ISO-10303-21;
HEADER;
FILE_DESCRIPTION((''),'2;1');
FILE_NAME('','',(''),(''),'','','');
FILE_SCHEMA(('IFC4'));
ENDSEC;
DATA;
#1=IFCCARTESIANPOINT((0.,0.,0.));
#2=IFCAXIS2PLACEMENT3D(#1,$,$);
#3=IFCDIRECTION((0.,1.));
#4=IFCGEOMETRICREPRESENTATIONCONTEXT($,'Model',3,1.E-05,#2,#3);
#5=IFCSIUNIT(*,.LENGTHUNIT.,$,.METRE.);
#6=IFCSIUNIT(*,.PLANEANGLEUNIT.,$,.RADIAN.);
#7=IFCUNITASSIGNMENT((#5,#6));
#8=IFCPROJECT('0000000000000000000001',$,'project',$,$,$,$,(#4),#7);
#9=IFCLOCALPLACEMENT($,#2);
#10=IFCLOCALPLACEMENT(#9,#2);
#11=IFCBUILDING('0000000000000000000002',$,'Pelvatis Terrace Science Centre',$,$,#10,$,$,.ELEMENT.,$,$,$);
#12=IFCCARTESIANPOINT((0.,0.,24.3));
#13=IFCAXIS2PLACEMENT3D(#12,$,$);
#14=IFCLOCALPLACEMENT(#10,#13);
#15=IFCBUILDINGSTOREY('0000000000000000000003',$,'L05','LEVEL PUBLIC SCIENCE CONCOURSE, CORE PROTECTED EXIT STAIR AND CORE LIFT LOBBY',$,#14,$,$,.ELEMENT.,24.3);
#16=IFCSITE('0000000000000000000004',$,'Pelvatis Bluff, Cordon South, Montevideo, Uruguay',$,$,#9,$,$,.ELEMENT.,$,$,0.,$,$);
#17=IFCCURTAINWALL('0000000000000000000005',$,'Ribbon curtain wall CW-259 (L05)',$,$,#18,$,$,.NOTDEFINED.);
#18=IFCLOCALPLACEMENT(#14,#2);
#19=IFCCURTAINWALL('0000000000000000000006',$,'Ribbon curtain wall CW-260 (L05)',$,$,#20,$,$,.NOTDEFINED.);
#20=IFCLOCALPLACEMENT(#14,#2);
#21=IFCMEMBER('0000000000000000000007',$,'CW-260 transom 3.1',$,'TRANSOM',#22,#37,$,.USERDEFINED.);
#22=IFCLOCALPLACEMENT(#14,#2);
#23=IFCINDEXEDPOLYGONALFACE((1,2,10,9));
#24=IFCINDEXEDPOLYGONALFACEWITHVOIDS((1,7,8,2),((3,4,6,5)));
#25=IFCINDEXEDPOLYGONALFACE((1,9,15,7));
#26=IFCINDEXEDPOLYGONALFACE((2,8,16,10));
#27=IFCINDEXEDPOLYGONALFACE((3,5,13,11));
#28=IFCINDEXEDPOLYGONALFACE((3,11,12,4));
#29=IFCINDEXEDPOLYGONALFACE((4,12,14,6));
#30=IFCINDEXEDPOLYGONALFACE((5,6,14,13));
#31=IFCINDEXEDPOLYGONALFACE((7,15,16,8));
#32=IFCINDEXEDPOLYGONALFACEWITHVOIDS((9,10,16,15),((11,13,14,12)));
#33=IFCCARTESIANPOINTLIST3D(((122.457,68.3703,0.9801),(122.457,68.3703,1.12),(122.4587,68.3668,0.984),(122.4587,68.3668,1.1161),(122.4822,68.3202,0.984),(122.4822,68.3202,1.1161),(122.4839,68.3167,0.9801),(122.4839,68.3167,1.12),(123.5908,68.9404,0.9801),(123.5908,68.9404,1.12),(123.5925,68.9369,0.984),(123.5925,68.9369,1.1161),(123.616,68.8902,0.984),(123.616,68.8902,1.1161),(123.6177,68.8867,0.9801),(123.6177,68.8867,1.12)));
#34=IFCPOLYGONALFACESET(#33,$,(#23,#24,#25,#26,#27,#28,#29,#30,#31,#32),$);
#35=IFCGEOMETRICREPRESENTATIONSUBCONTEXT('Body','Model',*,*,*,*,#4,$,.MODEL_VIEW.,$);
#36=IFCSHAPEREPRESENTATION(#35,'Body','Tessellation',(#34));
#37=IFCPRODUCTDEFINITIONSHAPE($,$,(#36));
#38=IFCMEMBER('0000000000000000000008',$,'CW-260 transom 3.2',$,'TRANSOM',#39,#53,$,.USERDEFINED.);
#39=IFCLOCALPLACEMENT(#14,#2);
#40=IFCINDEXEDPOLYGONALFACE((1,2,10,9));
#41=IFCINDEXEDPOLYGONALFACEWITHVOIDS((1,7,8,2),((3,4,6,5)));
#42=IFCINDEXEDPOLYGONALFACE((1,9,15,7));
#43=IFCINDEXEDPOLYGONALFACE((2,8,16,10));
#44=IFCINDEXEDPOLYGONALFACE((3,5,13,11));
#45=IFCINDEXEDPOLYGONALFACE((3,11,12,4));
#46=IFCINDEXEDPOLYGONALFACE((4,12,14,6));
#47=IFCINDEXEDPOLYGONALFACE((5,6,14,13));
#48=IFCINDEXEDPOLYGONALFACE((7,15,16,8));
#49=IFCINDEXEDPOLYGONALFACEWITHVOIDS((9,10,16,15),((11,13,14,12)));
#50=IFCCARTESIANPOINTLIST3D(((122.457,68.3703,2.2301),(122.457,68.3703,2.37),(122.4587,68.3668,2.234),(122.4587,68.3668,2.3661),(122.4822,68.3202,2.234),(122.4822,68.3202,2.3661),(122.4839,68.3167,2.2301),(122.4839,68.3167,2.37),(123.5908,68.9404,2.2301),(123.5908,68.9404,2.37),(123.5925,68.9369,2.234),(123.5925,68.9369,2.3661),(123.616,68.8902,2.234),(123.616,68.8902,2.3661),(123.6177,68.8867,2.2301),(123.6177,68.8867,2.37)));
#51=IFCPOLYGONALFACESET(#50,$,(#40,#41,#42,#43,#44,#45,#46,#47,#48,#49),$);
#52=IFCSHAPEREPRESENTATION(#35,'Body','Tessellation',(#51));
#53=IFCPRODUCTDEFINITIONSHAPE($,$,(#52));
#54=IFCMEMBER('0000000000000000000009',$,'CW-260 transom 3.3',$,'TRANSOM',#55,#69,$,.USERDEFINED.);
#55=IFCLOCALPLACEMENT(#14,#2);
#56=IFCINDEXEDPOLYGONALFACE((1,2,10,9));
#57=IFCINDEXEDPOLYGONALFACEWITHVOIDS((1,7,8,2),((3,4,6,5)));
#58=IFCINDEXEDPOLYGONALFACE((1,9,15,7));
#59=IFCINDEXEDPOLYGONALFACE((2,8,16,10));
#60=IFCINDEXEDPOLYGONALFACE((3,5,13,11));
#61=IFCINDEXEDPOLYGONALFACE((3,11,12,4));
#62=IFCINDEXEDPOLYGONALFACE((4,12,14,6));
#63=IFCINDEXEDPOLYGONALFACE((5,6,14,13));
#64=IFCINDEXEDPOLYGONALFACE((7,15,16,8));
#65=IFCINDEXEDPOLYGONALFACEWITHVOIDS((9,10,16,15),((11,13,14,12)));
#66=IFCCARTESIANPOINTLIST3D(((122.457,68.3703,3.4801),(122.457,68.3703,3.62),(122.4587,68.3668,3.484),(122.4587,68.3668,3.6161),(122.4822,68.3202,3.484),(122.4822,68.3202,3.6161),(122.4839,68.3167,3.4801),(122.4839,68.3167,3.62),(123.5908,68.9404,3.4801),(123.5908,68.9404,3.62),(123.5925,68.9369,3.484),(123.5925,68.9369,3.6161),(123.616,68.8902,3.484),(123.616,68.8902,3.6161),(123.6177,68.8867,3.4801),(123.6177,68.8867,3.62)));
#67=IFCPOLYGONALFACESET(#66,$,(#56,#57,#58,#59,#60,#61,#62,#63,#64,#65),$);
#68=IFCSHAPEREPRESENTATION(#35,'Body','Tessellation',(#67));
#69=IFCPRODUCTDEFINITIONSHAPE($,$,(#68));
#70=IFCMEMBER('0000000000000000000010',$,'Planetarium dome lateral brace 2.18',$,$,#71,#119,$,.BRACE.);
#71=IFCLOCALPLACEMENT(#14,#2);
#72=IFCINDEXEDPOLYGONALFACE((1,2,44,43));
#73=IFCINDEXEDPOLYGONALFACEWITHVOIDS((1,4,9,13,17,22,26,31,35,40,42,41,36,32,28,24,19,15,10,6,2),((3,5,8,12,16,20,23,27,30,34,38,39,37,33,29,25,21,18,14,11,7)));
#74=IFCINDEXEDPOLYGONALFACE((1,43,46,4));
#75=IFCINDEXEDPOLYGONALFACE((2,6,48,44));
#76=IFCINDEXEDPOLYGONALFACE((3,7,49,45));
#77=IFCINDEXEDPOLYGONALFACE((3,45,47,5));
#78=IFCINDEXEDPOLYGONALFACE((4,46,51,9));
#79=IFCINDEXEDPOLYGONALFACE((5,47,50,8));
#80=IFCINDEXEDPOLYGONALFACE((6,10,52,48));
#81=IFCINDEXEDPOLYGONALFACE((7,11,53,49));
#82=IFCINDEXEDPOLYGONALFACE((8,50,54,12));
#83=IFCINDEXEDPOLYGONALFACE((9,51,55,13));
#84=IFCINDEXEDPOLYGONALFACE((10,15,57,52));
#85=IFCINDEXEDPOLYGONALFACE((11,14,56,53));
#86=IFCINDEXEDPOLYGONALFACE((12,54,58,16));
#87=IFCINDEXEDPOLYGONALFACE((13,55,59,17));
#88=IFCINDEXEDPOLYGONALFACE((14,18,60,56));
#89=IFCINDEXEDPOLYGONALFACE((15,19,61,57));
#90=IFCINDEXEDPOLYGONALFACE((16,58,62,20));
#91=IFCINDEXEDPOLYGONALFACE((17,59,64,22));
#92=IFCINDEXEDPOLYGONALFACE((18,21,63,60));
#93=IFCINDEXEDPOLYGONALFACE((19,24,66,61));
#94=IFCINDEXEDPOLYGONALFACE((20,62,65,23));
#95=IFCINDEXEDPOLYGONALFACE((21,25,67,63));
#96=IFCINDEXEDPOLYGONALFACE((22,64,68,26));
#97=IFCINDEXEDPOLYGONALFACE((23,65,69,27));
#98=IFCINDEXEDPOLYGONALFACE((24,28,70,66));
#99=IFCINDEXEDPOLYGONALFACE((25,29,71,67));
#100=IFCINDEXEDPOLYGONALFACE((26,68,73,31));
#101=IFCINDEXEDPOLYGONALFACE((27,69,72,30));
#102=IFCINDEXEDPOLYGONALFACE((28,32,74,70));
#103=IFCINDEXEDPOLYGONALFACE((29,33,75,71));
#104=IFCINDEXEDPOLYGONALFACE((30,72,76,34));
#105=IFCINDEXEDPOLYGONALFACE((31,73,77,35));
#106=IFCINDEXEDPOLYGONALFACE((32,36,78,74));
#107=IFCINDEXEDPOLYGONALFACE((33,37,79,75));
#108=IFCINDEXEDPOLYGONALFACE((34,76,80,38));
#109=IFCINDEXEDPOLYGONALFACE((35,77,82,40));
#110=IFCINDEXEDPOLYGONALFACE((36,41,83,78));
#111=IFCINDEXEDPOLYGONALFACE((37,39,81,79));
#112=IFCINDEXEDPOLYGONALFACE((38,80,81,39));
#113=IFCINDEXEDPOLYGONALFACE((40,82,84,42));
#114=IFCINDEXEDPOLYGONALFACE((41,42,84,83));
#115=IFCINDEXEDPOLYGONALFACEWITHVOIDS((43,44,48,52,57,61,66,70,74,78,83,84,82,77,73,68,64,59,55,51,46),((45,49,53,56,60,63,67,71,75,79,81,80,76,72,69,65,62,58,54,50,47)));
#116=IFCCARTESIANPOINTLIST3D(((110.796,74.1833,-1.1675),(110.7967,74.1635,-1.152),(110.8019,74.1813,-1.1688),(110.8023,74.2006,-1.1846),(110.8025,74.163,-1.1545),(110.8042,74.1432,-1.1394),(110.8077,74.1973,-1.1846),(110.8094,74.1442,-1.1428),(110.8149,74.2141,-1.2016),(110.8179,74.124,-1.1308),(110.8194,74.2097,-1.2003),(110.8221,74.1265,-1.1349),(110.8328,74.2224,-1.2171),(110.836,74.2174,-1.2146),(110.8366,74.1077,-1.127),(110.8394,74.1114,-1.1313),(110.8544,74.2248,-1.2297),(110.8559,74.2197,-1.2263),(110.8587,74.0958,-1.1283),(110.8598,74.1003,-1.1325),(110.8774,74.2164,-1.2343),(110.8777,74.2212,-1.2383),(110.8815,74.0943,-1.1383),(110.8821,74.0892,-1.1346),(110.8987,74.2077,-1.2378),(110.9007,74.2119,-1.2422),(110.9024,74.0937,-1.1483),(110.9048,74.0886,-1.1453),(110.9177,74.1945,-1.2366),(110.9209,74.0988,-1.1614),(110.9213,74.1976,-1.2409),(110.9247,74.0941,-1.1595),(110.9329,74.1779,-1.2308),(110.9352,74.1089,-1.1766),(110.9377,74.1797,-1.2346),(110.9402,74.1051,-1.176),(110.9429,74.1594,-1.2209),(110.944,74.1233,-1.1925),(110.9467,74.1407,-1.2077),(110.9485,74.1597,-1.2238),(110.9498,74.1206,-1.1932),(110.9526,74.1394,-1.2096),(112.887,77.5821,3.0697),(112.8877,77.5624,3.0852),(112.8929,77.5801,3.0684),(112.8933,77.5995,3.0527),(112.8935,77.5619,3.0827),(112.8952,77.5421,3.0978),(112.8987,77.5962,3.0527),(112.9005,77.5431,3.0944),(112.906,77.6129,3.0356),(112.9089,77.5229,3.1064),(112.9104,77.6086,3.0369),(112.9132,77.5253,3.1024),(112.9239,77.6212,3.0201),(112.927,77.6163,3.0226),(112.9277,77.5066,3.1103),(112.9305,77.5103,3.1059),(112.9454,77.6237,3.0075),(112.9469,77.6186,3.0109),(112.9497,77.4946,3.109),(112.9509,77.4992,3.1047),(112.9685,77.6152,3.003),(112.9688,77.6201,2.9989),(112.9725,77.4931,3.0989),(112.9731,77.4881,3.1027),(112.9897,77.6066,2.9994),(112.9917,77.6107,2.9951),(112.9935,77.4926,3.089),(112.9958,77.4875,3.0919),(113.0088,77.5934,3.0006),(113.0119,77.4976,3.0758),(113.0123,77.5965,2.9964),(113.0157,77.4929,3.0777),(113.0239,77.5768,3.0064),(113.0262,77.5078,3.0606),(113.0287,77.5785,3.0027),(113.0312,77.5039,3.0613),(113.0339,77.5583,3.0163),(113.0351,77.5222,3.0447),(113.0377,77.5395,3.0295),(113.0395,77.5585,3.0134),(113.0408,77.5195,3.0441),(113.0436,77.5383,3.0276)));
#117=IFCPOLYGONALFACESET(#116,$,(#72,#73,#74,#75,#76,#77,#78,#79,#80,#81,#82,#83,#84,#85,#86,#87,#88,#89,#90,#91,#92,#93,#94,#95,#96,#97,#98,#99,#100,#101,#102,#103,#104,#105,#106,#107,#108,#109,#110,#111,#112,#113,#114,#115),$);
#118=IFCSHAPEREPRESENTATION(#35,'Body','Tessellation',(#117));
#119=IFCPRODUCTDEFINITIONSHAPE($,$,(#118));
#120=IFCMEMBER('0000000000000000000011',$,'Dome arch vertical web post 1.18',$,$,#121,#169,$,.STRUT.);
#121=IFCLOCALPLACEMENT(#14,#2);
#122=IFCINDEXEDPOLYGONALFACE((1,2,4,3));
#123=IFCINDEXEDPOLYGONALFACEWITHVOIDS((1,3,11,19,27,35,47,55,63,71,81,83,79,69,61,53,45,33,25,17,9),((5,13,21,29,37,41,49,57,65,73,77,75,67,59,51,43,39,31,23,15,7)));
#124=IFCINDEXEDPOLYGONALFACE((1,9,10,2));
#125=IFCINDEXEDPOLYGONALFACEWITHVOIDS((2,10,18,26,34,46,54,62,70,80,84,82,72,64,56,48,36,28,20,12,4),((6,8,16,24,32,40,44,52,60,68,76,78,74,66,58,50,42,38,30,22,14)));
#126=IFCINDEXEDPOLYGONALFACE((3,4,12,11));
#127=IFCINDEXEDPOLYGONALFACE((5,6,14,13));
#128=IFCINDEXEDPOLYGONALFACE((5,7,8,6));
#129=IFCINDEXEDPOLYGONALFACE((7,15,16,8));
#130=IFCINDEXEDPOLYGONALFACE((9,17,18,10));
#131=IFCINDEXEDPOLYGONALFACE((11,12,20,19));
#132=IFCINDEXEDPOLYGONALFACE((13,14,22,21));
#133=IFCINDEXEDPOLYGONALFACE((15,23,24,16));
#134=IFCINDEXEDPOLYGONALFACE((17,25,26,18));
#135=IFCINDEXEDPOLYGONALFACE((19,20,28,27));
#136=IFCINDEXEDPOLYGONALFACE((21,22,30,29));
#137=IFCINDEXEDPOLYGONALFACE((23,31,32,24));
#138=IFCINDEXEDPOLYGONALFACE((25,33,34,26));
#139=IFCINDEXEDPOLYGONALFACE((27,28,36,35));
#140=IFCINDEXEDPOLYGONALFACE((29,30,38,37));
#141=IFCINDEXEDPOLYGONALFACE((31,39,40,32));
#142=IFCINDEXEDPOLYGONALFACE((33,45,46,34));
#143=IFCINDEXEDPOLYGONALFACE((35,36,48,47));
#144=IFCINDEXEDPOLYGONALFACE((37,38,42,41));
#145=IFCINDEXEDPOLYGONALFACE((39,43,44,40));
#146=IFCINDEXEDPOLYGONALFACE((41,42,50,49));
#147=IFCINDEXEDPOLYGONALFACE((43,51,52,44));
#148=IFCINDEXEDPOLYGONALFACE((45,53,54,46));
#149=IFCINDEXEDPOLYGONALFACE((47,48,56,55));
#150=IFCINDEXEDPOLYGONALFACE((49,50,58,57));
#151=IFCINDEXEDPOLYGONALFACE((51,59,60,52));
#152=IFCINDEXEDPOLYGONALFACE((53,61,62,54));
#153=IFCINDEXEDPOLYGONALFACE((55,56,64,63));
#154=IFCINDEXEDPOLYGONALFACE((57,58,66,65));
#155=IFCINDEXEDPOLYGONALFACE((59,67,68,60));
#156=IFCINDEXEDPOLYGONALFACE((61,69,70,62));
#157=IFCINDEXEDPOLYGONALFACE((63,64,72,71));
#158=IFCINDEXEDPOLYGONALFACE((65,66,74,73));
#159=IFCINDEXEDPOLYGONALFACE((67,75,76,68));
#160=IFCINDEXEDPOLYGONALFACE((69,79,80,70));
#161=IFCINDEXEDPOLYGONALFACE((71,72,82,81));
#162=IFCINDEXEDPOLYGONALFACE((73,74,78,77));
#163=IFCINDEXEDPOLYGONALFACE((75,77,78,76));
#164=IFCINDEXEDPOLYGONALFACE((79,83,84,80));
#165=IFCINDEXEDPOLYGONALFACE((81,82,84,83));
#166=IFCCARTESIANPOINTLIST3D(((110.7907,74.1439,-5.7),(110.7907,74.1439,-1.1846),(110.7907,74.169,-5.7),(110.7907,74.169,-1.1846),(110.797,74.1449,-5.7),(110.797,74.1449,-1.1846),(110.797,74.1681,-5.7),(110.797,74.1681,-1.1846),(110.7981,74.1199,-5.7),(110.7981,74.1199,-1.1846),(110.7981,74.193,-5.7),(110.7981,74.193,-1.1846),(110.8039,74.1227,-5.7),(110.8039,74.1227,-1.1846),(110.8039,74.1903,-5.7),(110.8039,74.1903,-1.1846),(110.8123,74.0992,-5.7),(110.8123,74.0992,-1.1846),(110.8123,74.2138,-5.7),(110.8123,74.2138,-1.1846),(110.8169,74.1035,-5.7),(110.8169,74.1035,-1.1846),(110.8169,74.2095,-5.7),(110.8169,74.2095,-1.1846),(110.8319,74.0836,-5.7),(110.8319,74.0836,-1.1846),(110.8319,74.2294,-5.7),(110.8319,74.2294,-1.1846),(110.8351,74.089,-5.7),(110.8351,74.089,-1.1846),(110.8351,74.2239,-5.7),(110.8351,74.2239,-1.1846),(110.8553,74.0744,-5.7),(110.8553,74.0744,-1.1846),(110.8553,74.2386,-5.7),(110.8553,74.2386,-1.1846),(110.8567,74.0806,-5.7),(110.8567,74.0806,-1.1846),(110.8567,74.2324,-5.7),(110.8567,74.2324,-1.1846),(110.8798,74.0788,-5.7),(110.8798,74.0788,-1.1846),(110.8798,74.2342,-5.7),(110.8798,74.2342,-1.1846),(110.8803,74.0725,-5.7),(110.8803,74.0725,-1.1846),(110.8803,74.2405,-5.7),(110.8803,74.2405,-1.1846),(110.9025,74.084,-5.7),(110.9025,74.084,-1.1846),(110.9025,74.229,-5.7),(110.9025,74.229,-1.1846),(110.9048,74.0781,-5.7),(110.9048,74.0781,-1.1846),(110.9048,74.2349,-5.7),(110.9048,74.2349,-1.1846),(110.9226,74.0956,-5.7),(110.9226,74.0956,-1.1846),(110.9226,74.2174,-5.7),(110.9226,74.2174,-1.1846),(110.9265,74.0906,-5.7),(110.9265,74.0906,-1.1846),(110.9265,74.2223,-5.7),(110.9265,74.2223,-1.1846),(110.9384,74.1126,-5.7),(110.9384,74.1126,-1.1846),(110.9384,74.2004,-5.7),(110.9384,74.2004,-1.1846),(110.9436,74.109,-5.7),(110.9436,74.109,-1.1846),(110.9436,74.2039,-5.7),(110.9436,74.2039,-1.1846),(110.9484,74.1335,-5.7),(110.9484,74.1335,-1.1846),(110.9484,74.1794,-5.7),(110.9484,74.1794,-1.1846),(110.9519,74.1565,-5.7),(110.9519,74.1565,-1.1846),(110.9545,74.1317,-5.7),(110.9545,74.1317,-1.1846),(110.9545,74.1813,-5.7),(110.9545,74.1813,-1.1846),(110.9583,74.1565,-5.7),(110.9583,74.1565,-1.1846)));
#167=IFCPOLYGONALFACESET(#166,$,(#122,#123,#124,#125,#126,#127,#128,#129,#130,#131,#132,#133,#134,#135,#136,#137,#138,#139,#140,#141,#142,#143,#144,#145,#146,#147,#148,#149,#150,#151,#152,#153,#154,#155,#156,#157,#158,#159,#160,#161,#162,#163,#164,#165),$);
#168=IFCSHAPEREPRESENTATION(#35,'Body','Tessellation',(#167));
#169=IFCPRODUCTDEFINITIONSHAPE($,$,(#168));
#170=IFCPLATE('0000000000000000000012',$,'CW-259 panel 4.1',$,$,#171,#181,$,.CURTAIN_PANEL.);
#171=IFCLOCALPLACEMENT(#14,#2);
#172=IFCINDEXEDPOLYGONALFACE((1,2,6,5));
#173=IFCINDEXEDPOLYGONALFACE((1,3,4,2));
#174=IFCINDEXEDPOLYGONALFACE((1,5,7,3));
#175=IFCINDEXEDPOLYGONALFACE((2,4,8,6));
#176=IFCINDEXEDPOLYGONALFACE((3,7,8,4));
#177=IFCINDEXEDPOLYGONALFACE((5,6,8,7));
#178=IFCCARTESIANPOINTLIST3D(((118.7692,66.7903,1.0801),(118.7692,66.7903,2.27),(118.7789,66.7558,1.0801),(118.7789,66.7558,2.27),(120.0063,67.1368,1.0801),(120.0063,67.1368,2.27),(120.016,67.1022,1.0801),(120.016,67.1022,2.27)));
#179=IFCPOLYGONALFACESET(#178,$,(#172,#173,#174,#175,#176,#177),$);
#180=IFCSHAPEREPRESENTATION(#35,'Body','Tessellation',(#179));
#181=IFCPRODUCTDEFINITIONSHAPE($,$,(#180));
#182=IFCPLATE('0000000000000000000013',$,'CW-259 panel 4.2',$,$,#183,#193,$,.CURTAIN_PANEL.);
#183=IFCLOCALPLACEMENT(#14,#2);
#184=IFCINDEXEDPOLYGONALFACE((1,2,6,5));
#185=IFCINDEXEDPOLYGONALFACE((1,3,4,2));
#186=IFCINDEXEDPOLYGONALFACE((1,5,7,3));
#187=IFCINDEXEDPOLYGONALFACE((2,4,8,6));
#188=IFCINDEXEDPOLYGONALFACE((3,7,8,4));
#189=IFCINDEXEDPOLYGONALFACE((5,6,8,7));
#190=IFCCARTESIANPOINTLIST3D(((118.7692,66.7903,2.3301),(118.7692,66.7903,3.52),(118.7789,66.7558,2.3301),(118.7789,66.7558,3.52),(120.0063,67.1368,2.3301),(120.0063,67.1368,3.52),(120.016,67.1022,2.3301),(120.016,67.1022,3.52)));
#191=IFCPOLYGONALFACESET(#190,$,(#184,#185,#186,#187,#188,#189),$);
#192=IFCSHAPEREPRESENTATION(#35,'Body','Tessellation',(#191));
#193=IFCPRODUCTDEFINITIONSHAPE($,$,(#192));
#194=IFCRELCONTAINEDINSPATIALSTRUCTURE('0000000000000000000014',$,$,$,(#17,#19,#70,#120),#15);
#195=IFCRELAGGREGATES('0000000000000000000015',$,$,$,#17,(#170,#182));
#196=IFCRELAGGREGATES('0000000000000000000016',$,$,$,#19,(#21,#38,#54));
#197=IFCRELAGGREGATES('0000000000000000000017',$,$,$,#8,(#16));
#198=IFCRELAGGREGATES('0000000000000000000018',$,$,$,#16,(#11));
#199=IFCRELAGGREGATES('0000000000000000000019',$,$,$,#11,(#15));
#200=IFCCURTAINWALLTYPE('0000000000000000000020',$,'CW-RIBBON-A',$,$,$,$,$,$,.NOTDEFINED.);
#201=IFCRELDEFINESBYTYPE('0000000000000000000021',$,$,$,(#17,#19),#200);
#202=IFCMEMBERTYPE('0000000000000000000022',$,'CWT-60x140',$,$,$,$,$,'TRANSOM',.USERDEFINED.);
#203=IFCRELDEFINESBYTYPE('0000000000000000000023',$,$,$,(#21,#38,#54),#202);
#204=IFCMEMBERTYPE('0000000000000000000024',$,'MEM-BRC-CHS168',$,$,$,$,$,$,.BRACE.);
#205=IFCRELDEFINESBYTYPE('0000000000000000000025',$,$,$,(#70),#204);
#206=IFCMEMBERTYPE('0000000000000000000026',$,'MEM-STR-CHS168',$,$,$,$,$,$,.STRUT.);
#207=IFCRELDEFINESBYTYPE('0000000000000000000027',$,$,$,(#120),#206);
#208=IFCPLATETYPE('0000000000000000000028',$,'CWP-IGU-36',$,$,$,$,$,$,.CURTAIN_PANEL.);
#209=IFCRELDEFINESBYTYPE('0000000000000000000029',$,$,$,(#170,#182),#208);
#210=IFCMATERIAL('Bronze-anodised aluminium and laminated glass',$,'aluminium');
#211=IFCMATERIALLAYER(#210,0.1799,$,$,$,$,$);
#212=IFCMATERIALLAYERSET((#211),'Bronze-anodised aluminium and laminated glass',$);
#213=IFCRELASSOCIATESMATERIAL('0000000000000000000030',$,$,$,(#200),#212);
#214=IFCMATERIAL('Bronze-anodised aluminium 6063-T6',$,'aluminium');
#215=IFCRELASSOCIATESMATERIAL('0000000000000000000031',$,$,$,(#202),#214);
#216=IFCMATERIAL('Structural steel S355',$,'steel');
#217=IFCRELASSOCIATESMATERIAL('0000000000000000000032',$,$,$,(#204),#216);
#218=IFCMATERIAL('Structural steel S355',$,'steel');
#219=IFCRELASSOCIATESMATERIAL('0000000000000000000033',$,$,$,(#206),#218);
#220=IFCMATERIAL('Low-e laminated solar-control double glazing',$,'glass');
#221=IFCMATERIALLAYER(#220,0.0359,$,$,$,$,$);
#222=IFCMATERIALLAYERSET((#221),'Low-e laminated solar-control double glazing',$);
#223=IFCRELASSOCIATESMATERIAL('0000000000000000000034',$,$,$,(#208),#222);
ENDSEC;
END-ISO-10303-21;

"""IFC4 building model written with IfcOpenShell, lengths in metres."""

from ifc_helpers import new_model, si_unit, direction, frame, origin, origin_2d, place, context, subcontext, project, spatial, rectangle, hollow_rectangle, hollow_circle, extrude, material, layer, layer_set, material_profile, profile_set, type_object, element, aggregate, save


model = new_model("IFC4")

# Units and contexts
model_context = context("Model", 3, precision=1e-05, world=origin(), true_north=direction((0.0, 1.0)))
body_context = subcontext(model_context, "Body", "Model", "MODEL_VIEW")
ifc_project = project(units=[si_unit("LENGTHUNIT", "METRE"), si_unit("PLANEANGLEUNIT", "RADIAN")], contexts=[model_context])

# Site, building, storey
site_placement = place(None, origin())
site = spatial("IfcSite", under=ifc_project, at=site_placement, Name="Pelvatis Bluff, Cordon South, Montevideo, Uruguay", CompositionType="ELEMENT", RefElevation=0.0)
building_placement = place(site_placement, origin())
building = spatial("IfcBuilding", under=site, at=building_placement, Name="Pelvatis Terrace Science Centre", CompositionType="ELEMENT")
storey_placement = place(building_placement, frame((0.0, 0.0, 24.3)))
storey = spatial("IfcBuildingStorey", under=building, at=storey_placement, Name="L05", Description="LEVEL PUBLIC SCIENCE CONCOURSE, CORE PROTECTED EXIT STAIR AND CORE LIFT LOBBY", CompositionType="ELEMENT", Elevation=24.3)

# Curtain wall
ifc_material_1 = material(Name="Bronze-anodised aluminium and laminated glass", Category="aluminium")
ifc_layer_1 = layer(ifc_material_1, 0.1799)
ifc_layer_set_1 = layer_set([ifc_layer_1], Name="Bronze-anodised aluminium and laminated glass")
curtain_wall_type = type_object("IfcCurtainWallType", Name="CW-RIBBON-A", PredefinedType="NOTDEFINED", material=ifc_layer_set_1)
curtain_wall_1_placement = place(storey_placement, origin())
curtain_wall_1 = element("IfcCurtainWall", 1, at=curtain_wall_1_placement, inside=storey, type_object=curtain_wall_type, Name="Ribbon curtain wall CW-259 (L05)", PredefinedType="NOTDEFINED")

# Curtain wall
curtain_wall_2_placement = place(storey_placement, origin())
curtain_wall_2 = element("IfcCurtainWall", 2, at=curtain_wall_2_placement, inside=storey, type_object=curtain_wall_type, Name="Ribbon curtain wall CW-260 (L05)", PredefinedType="NOTDEFINED")

# Members
ifc_material_2 = material(Name="Bronze-anodised aluminium 6063-T6", Category="aluminium")
ifc_material_profile_1 = material_profile(ifc_material_2, hollow_rectangle(XDim=0.0601, YDim=0.1399, WallThickness=0.0039, at=origin_2d()), Name="ALU-TRN 60x140")
ifc_profile_set_1 = profile_set([ifc_material_profile_1], Name="Bronze-anodised aluminium 6063-T6")
member_type_1 = type_object("IfcMemberType", Name="CWT-60x140", ElementType="TRANSOM", PredefinedType="USERDEFINED", material=ifc_profile_set_1)
member_1_placement = place(storey_placement, frame((122.4705, 68.3435, 1.05), z_axis=(0.893425, 0.449213, 0.0), x_axis=(-0.449213, 0.893425, 0.0)))
member_1 = element("IfcMember", 3, at=member_1_placement, type_object=member_type_1, Name="CW-260 transom 3.1", ObjectType="TRANSOM", PredefinedType="USERDEFINED", context=body_context, shape_type="SweptSolid", body=[
    extrude(hollow_rectangle(XDim=0.0601, YDim=0.1399, WallThickness=0.0039, at=origin_2d()), origin(), (0.0, 0.0, 1.0), 1.269),
])
member_2_placement = place(storey_placement, frame((122.4705, 68.3435, 2.3), z_axis=(0.893425, 0.449213, 0.0), x_axis=(-0.449213, 0.893425, 0.0)))
member_2 = element("IfcMember", 4, at=member_2_placement, type_object=member_type_1, Name="CW-260 transom 3.2", ObjectType="TRANSOM", PredefinedType="USERDEFINED", context=body_context, shape_type="SweptSolid", body=[
    extrude(hollow_rectangle(XDim=0.0601, YDim=0.1399, WallThickness=0.0039, at=origin_2d()), origin(), (0.0, 0.0, 1.0), 1.269),
])
member_3_placement = place(storey_placement, frame((122.4705, 68.3435, 3.55), z_axis=(0.893425, 0.449213, 0.0), x_axis=(-0.449213, 0.893425, 0.0)))
member_3 = element("IfcMember", 5, at=member_3_placement, type_object=member_type_1, Name="CW-260 transom 3.3", ObjectType="TRANSOM", PredefinedType="USERDEFINED", context=body_context, shape_type="SweptSolid", body=[
    extrude(hollow_rectangle(XDim=0.0601, YDim=0.1399, WallThickness=0.0039, at=origin_2d()), origin(), (0.0, 0.0, 1.0), 1.269),
])

# Members
ifc_material_3 = material(Name="Structural steel S355", Category="steel")
ifc_material_profile_2 = material_profile(ifc_material_3, hollow_circle(Radius=0.0842, WallThickness=0.0063, at=origin_2d()), Name="CHS 168.3x6.3")
ifc_profile_set_2 = profile_set([ifc_material_profile_2], Name="Structural steel S355")
member_type_2 = type_object("IfcMemberType", Name="MEM-BRC-CHS168", PredefinedType="BRACE", material=ifc_profile_set_2)
member_4_placement = place(storey_placement, frame((110.874, 74.1565, -1.1846), z_axis=(0.359249, 0.583942, 0.727978), x_axis=(-0.851723, 0.523992, 0.0)))
element("IfcMember", 6, at=member_4_placement, inside=storey, type_object=member_type_2, Name="Planetarium dome lateral brace 2.18", PredefinedType="BRACE", context=body_context, shape_type="SweptSolid", body=[
    extrude(hollow_circle(Radius=0.0842, WallThickness=0.0063, at=origin_2d()), origin(), (0.0, 0.0, 1.0), 5.8206),
])
ifc_material_4 = material(Name="Structural steel S355", Category="steel")
ifc_material_profile_3 = material_profile(ifc_material_4, hollow_circle(Radius=0.0842, WallThickness=0.0063, at=origin_2d()), Name="CHS 168.3x6.3")
ifc_profile_set_3 = profile_set([ifc_material_profile_3], Name="Structural steel S355")
member_type_3 = type_object("IfcMemberType", Name="MEM-STR-CHS168", PredefinedType="STRUT", material=ifc_profile_set_3)
member_5_placement = place(storey_placement, frame((110.874, 74.1565, -5.7), z_axis=(0.0, 0.0, 1.0), x_axis=(1.0, 0.0, 0.0)))
element("IfcMember", 7, at=member_5_placement, inside=storey, type_object=member_type_3, Name="Dome arch vertical web post 1.18", PredefinedType="STRUT", context=body_context, shape_type="SweptSolid", body=[
    extrude(hollow_circle(Radius=0.0842, WallThickness=0.0063, at=origin_2d()), origin(), (0.0, 0.0, 1.0), 4.5154),
])

# Plates
ifc_material_5 = material(Name="Low-e laminated solar-control double glazing", Category="glass")
ifc_layer_2 = layer(ifc_material_5, 0.0359)
ifc_layer_set_2 = layer_set([ifc_layer_2], Name="Low-e laminated solar-control double glazing")
plate_type_1 = type_object("IfcPlateType", Name="CWP-IGU-36", PredefinedType="CURTAIN_PANEL", material=ifc_layer_set_2)
plate_1_placement = place(storey_placement, frame((119.3926, 66.9463, 1.0801), z_axis=(0.0, 0.0, 1.0), x_axis=(0.962946, 0.269695, 0.0)))
plate_1 = element("IfcPlate", 8, at=plate_1_placement, type_object=plate_type_1, Name="CW-259 panel 4.1", PredefinedType="CURTAIN_PANEL", context=body_context, shape_type="SweptSolid", body=[
    extrude(rectangle(XDim=1.2847, YDim=0.0359, at=origin_2d()), origin(), (0.0, 0.0, 1.0), 1.1899),
])
plate_2_placement = place(storey_placement, frame((119.3926, 66.9463, 2.3301), z_axis=(0.0, 0.0, 1.0), x_axis=(0.962946, 0.269695, 0.0)))
plate_2 = element("IfcPlate", 9, at=plate_2_placement, type_object=plate_type_1, Name="CW-259 panel 4.2", PredefinedType="CURTAIN_PANEL", context=body_context, shape_type="SweptSolid", body=[
    extrude(rectangle(XDim=1.2847, YDim=0.0359, at=origin_2d()), origin(), (0.0, 0.0, 1.0), 1.1899),
])
aggregate(curtain_wall_1, [plate_1, plate_2])
aggregate(curtain_wall_2, [member_1, member_2, member_3])

save(model, "model.ifc")
